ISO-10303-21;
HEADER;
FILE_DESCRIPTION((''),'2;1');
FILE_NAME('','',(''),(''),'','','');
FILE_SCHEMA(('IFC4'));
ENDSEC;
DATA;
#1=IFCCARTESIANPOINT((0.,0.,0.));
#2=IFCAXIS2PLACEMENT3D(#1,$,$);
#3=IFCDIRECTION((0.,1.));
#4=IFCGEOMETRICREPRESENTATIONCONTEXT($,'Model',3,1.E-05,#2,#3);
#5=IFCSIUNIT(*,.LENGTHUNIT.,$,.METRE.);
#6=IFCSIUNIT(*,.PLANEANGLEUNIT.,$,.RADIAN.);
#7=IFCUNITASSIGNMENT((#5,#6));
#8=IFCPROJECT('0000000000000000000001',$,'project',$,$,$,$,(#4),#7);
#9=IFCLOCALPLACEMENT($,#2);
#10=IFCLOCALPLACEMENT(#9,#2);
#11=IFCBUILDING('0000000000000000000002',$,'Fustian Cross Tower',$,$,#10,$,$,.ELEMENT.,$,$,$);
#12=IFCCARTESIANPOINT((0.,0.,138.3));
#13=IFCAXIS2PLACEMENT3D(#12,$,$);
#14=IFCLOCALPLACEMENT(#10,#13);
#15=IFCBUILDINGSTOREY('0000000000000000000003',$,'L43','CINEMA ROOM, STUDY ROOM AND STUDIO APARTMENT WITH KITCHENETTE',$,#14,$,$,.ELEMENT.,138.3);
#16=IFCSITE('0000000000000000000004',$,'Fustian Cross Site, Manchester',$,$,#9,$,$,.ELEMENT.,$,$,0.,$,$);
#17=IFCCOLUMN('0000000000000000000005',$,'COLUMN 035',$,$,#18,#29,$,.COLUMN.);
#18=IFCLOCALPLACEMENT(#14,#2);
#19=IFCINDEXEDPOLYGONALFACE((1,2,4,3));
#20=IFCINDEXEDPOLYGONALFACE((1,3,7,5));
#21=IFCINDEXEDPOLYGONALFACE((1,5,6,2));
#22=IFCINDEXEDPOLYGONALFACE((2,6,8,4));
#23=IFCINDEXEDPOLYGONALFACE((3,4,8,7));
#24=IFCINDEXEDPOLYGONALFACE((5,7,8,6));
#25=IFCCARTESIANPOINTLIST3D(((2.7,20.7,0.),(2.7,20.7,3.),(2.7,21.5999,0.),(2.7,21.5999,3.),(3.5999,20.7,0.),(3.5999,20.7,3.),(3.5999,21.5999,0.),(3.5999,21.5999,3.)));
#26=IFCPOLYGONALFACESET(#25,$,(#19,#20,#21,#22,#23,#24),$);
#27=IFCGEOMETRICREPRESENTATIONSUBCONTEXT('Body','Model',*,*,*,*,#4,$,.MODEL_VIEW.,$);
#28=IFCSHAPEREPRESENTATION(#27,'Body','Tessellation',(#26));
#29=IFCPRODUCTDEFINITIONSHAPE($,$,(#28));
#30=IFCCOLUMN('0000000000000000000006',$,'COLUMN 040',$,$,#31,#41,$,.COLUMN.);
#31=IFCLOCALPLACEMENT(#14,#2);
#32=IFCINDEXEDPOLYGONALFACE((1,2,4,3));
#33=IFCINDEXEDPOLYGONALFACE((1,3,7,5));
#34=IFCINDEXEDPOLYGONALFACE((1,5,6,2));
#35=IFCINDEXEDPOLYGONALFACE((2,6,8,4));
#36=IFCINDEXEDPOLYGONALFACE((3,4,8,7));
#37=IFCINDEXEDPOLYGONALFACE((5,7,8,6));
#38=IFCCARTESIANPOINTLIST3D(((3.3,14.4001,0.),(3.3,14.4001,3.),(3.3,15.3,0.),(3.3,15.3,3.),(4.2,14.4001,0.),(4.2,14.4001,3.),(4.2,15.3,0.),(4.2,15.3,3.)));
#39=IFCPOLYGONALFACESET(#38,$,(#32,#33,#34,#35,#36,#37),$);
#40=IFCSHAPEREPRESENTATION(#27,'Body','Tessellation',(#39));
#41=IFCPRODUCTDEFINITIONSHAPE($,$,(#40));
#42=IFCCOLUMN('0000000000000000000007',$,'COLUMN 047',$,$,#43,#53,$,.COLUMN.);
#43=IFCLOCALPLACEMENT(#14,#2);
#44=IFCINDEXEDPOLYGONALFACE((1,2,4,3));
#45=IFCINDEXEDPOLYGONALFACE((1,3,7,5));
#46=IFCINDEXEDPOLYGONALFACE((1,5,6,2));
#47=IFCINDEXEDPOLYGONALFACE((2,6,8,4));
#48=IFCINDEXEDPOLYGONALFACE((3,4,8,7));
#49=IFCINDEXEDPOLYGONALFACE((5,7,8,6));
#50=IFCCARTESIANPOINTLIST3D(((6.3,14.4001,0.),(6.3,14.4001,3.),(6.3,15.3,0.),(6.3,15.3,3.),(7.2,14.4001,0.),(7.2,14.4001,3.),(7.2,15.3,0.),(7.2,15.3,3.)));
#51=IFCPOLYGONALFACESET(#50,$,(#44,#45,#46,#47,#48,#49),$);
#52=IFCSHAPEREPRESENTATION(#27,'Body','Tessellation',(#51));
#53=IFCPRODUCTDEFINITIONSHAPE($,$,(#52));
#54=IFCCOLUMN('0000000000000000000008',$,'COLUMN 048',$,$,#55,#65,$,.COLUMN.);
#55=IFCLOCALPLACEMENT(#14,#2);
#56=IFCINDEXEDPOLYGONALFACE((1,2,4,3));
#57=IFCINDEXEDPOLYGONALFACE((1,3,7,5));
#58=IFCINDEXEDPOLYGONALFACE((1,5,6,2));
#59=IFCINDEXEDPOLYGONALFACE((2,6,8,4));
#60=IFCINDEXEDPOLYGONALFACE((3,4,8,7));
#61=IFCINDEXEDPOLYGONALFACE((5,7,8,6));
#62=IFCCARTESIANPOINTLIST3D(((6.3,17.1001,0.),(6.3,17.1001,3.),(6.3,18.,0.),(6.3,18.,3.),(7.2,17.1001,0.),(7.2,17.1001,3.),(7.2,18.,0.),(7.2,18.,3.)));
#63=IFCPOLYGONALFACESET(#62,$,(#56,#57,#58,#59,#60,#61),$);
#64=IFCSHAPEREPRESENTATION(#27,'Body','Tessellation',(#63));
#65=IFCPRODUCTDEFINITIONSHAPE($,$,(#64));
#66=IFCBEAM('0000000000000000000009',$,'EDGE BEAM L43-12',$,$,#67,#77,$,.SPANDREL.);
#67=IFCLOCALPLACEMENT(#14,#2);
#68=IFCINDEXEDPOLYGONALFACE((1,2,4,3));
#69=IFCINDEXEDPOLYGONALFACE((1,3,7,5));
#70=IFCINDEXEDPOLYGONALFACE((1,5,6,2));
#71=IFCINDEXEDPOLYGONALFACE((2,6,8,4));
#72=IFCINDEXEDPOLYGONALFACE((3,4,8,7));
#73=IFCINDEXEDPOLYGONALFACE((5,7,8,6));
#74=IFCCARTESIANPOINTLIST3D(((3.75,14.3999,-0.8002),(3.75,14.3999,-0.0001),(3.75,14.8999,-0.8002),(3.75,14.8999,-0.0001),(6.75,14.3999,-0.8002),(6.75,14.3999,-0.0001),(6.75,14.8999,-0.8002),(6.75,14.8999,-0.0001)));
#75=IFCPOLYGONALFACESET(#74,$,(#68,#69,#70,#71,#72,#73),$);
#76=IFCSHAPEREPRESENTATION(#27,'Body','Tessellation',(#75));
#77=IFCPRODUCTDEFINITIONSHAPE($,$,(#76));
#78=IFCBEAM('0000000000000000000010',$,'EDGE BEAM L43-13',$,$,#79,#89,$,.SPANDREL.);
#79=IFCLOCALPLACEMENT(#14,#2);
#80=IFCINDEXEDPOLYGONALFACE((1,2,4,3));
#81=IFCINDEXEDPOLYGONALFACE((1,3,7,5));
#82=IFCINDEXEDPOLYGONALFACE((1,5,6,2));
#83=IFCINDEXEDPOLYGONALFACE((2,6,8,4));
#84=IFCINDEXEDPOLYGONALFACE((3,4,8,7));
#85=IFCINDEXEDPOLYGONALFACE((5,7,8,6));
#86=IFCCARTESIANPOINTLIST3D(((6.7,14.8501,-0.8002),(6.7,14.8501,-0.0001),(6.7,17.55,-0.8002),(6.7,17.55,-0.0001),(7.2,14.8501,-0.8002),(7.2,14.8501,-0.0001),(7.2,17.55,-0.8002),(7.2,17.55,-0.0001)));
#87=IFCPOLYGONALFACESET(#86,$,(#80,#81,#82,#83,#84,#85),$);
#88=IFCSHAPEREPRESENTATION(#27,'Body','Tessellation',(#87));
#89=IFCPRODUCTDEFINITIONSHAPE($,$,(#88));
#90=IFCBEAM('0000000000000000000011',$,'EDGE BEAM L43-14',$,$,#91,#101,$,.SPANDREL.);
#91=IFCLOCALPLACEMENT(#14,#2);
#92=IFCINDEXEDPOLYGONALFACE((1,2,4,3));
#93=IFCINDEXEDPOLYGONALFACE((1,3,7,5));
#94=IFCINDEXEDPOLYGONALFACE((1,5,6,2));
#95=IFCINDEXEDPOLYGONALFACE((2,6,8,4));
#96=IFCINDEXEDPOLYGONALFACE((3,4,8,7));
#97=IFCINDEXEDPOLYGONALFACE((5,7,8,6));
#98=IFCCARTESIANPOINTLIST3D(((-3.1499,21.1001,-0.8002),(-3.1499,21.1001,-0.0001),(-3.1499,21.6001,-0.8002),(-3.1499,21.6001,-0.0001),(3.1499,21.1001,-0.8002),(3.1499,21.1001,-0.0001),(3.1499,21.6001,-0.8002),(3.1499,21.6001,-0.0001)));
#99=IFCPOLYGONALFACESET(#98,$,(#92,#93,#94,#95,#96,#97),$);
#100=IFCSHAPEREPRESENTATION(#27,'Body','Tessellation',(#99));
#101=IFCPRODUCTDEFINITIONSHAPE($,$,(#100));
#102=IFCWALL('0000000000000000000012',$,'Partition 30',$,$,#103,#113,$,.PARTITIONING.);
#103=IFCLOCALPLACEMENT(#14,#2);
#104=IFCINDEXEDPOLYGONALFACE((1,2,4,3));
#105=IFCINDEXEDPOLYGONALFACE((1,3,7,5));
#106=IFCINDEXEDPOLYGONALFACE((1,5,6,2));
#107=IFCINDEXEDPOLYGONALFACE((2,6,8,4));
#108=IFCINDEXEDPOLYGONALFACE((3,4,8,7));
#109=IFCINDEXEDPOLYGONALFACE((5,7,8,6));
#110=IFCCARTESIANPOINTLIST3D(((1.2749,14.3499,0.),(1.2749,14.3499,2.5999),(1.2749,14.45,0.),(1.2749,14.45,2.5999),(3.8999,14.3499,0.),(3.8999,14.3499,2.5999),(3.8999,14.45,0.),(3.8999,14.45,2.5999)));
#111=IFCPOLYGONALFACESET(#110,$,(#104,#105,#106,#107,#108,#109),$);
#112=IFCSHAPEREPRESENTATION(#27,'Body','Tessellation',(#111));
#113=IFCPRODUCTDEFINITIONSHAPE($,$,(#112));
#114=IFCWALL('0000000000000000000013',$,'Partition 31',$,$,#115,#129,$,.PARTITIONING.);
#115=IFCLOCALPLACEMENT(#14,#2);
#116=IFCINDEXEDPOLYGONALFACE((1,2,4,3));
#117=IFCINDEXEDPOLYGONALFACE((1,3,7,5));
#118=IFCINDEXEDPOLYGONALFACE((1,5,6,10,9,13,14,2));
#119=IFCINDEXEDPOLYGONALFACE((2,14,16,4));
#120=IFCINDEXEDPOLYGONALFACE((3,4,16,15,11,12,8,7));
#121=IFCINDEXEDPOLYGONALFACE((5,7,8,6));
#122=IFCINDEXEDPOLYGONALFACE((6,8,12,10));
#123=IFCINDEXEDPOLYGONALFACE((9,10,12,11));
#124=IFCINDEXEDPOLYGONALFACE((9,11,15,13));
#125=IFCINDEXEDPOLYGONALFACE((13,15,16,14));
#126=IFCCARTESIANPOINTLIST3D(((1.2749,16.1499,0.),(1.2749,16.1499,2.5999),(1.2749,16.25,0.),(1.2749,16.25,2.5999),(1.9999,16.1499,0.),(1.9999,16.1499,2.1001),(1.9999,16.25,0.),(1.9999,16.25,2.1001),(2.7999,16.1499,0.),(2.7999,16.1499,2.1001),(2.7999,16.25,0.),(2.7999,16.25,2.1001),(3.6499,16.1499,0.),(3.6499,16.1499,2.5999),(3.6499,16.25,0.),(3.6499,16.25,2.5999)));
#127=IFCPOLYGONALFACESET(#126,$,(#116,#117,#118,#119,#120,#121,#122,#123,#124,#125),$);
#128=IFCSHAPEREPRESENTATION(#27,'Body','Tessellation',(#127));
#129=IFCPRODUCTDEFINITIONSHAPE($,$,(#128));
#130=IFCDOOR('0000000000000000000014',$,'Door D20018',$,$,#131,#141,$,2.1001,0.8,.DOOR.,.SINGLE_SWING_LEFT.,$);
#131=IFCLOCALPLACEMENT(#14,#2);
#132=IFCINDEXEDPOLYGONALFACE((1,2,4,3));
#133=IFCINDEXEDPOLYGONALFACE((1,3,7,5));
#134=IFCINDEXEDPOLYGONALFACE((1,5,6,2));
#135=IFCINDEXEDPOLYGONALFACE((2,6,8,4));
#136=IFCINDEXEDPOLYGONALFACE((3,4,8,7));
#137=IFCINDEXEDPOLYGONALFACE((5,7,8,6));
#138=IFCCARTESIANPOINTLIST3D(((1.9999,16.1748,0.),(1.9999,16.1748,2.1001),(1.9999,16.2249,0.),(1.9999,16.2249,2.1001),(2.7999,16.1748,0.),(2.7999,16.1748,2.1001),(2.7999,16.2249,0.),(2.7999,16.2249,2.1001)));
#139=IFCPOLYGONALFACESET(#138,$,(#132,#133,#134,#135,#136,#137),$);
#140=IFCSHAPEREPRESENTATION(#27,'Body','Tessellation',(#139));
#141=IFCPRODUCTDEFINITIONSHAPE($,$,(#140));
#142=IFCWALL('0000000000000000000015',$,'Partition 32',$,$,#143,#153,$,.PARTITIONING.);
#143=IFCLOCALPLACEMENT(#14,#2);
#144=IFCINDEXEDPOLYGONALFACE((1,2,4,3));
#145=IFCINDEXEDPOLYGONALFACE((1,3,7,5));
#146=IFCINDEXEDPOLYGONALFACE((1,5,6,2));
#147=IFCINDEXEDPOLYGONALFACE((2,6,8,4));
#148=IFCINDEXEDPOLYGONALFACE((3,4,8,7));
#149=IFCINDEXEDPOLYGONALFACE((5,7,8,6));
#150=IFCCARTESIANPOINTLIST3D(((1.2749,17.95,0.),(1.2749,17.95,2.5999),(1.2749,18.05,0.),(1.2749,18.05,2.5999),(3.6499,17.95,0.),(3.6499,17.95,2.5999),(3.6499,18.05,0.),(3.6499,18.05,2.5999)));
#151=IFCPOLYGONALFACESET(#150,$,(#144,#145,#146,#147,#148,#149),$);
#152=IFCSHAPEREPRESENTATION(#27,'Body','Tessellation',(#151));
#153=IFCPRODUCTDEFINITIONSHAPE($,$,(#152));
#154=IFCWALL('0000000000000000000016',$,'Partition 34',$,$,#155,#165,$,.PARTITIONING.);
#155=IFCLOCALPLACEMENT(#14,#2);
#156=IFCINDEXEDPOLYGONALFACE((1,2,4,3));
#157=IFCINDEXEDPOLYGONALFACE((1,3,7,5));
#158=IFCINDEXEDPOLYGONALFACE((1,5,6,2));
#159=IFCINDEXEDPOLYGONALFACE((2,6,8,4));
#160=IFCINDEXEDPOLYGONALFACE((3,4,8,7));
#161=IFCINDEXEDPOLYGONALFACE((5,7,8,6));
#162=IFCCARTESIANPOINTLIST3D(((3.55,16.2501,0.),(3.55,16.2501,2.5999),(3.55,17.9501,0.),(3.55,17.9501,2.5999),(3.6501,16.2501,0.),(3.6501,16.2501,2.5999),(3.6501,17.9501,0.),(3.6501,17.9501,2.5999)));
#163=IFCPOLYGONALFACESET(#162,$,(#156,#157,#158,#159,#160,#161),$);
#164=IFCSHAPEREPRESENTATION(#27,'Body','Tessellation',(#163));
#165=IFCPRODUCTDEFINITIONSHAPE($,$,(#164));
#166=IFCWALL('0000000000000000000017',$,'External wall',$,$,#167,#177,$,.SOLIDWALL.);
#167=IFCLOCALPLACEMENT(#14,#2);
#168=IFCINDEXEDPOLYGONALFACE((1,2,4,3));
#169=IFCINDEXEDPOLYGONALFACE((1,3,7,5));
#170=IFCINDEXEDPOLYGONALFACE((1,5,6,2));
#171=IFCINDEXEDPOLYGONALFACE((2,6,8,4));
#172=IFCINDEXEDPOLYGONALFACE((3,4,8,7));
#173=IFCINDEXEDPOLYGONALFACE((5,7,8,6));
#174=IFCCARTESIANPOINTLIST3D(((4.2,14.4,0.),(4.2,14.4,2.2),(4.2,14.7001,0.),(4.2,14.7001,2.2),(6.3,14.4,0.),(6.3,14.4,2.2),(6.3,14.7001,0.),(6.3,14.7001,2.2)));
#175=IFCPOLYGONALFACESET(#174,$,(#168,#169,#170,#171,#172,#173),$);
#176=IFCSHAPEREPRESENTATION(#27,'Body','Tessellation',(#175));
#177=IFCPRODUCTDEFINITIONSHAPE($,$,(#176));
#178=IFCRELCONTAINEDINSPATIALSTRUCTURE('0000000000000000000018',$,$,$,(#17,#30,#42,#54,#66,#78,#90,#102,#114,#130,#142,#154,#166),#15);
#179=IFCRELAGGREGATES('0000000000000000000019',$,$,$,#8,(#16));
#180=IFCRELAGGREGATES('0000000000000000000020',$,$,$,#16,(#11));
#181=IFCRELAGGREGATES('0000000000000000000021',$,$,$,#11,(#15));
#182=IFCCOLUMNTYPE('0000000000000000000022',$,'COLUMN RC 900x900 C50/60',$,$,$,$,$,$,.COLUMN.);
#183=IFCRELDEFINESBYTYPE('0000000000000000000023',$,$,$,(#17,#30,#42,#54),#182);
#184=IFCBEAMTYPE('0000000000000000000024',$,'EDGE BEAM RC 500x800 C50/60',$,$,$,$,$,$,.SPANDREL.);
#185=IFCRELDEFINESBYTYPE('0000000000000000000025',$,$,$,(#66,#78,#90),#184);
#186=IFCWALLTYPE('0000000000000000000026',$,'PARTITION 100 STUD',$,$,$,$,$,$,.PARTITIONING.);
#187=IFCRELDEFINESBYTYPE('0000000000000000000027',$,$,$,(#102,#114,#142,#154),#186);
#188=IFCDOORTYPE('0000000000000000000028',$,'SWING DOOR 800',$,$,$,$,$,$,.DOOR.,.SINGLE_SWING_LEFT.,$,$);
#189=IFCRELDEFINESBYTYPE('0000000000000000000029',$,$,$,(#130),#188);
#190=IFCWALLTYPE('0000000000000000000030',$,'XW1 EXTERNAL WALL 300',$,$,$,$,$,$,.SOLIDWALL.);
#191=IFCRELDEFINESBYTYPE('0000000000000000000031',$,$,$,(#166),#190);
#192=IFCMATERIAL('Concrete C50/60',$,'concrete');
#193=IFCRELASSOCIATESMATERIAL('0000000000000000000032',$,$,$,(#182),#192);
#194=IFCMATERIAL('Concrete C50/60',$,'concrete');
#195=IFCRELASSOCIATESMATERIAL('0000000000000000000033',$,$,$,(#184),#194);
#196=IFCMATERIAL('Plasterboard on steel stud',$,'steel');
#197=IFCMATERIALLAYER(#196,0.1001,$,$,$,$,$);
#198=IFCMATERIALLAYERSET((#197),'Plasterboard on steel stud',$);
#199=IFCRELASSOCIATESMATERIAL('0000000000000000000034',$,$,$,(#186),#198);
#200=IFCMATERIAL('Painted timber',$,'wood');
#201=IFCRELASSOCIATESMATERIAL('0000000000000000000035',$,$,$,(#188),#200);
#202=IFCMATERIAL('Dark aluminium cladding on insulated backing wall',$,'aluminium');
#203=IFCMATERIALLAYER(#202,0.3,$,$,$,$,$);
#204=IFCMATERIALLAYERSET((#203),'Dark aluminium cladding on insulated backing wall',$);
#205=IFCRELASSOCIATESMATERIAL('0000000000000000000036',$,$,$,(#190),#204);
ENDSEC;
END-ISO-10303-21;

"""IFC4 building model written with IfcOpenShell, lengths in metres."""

from ifc_helpers import new_model, si_unit, direction, frame, frame_2d, origin, origin_2d, place, context, subcontext, project, spatial, rectangle, extrude, material, layer, layer_set, material_profile, profile_set, type_object, element, fill, save


model = new_model("IFC4")

# Units and contexts
model_context = context("Model", 3, precision=1e-05, world=origin(), true_north=direction((0.0, 1.0)))
body_context = subcontext(model_context, "Body", "Model", "MODEL_VIEW")
ifc_project = project(units=[si_unit("LENGTHUNIT", "METRE"), si_unit("PLANEANGLEUNIT", "RADIAN")], contexts=[model_context])

# Site, building, storey
site_placement = place(None, origin())
site = spatial("IfcSite", under=ifc_project, at=site_placement, Name="Fustian Cross Site, Manchester", CompositionType="ELEMENT", RefElevation=0.0)
building_placement = place(site_placement, origin())
building = spatial("IfcBuilding", under=site, at=building_placement, Name="Fustian Cross Tower", CompositionType="ELEMENT")
storey_placement = place(building_placement, frame((0.0, 0.0, 138.3)))
storey = spatial("IfcBuildingStorey", under=building, at=storey_placement, Name="L43", Description="CINEMA ROOM, STUDY ROOM AND STUDIO APARTMENT WITH KITCHENETTE", CompositionType="ELEMENT", Elevation=138.3)

# Columns
ifc_material_1 = material(Name="Concrete C50/60", Category="concrete")
ifc_material_profile_1 = material_profile(ifc_material_1, rectangle(XDim=0.8999, YDim=0.8999, at=origin_2d()), Name="RC 900x900")
ifc_profile_set_1 = profile_set([ifc_material_profile_1], Name="Concrete C50/60")
column_type = type_object("IfcColumnType", Name="COLUMN RC 900x900 C50/60", PredefinedType="COLUMN", material=ifc_profile_set_1)
for number, where, z_axis, x_axis, name in (
    (1, (3.1499, 21.1499, 0.0), (0.0, 0.0, 1.0), (1.0, 0.0, 0.0), "COLUMN 035"),
    (2, (3.75, 14.8501, 0.0), (0.0, 0.0, 1.0), (1.0, 0.0, 0.0), "COLUMN 040"),
    (3, (6.75, 14.8501, 0.0), (0.0, 0.0, 1.0), (1.0, 0.0, 0.0), "COLUMN 047"),
    (4, (6.75, 17.55, 0.0), (0.0, 0.0, 1.0), (1.0, 0.0, 0.0), "COLUMN 048"),
):
    element("IfcColumn", number, at=place(storey_placement, frame(where, z_axis=z_axis, x_axis=x_axis)), inside=storey, type_object=column_type, Name=name, PredefinedType="COLUMN", context=body_context, shape_type="SweptSolid", body=[
        extrude(rectangle(XDim=0.8999, YDim=0.8999, at=origin_2d()), origin(), (0.0, 0.0, 1.0), 3.0),
    ])

# Beams
ifc_material_2 = material(Name="Concrete C50/60", Category="concrete")
ifc_material_profile_2 = material_profile(ifc_material_2, rectangle(XDim=0.5, YDim=0.8, at=origin_2d()), Name="RC 500x800")
ifc_profile_set_2 = profile_set([ifc_material_profile_2], Name="Concrete C50/60")
beam_type = type_object("IfcBeamType", Name="EDGE BEAM RC 500x800 C50/60", PredefinedType="SPANDREL", material=ifc_profile_set_2)
beam_1_placement = place(storey_placement, frame((3.75, 14.6499, -0.4001), z_axis=(1.0, 0.0, 0.0), x_axis=(0.0, 1.0, 0.0)))
element("IfcBeam", 5, at=beam_1_placement, inside=storey, type_object=beam_type, Name="EDGE BEAM L43-12", PredefinedType="SPANDREL", context=body_context, shape_type="SweptSolid", body=[
    extrude(rectangle(XDim=0.5, YDim=0.8, at=origin_2d()), origin(), (0.0, 0.0, 1.0), 3.0),
])
beam_2_placement = place(storey_placement, frame((6.95, 14.8501, -0.4001), z_axis=(0.0, 1.0, 0.0), x_axis=(-1.0, 0.0, 0.0)))
element("IfcBeam", 6, at=beam_2_placement, inside=storey, type_object=beam_type, Name="EDGE BEAM L43-13", PredefinedType="SPANDREL", context=body_context, shape_type="SweptSolid", body=[
    extrude(rectangle(XDim=0.5, YDim=0.8, at=origin_2d()), origin(), (0.0, 0.0, 1.0), 2.7),
])
beam_3_placement = place(storey_placement, frame((3.1499, 21.3501, -0.4001), z_axis=(-1.0, 0.0, 0.0), x_axis=(0.0, -1.0, 0.0)))
element("IfcBeam", 7, at=beam_3_placement, inside=storey, type_object=beam_type, Name="EDGE BEAM L43-14", PredefinedType="SPANDREL", context=body_context, shape_type="SweptSolid", body=[
    extrude(rectangle(XDim=0.5, YDim=0.8, at=origin_2d()), origin(), (0.0, 0.0, 1.0), 6.2998),
])

# Wall
ifc_material_3 = material(Name="Plasterboard on steel stud", Category="steel")
ifc_layer_1 = layer(ifc_material_3, 0.1001)
ifc_layer_set_1 = layer_set([ifc_layer_1], Name="Plasterboard on steel stud")
wall_type_1 = type_object("IfcWallType", Name="PARTITION 100 STUD", PredefinedType="PARTITIONING", material=ifc_layer_set_1)
wall_1_placement = place(storey_placement, frame((1.2749, 14.3999, 0.0), z_axis=(0.0, 0.0, 1.0), x_axis=(1.0, 0.0, 0.0)))
element("IfcWall", 8, at=wall_1_placement, inside=storey, type_object=wall_type_1, Name="Partition 30", PredefinedType="PARTITIONING", context=body_context, shape_type="SweptSolid", body=[
    extrude(rectangle(XDim=2.625, YDim=0.1001, at=frame_2d((1.3125, 0.0))), origin(), (0.0, 0.0, 1.0), 2.5999),
])

# Wall, opening, door
wall_2_placement = place(storey_placement, frame((1.2749, 16.2, 0.0), z_axis=(0.0, 0.0, 1.0), x_axis=(1.0, 0.0, 0.0)))
wall_2 = element("IfcWall", 9, at=wall_2_placement, inside=storey, type_object=wall_type_1, Name="Partition 31", PredefinedType="PARTITIONING", context=body_context, shape_type="SweptSolid", body=[
    extrude(rectangle(XDim=2.375, YDim=0.1001, at=frame_2d((1.1875, 0.0))), origin(), (0.0, 0.0, 1.0), 2.5999),
])
opening_1_placement = place(wall_2_placement, frame((0.7251, 0.0, 0.0)))
opening_1 = element("IfcOpeningElement", 10, at=opening_1_placement, cuts=wall_2, PredefinedType="OPENING", context=body_context, shape_type="SweptSolid", body=[
    extrude(rectangle(XDim=0.8, YDim=2.1001, at=frame_2d((0.3999, 1.05))), frame((0.0, 0.0601, 0.0), z_axis=(0.0, -1.0, 0.0), x_axis=(1.0, 0.0, 0.0)), (0.0, 0.0, 1.0), 0.1201),
])
ifc_material_4 = material(Name="Painted timber", Category="wood")
door_type = type_object("IfcDoorType", Name="SWING DOOR 800", OperationType="SINGLE_SWING_LEFT", PredefinedType="DOOR", material=ifc_material_4)
door_placement = place(opening_1_placement, origin())
door = element("IfcDoor", 11, at=door_placement, inside=storey, type_object=door_type, Name="Door D20018", OperationType="SINGLE_SWING_LEFT", OverallHeight=2.1001, OverallWidth=0.8, PredefinedType="DOOR", context=body_context, shape_type="SweptSolid", body=[
    extrude(rectangle(XDim=0.8, YDim=2.1001, at=frame_2d((0.3999, 1.05))), frame((0.0, 0.0249, 0.0), z_axis=(0.0, -1.0, 0.0), x_axis=(1.0, 0.0, 0.0)), (0.0, 0.0, 1.0), 0.05),
])
fill(opening_1, door)

# Walls
wall_3_placement = place(storey_placement, frame((1.2749, 18.0, 0.0), z_axis=(0.0, 0.0, 1.0), x_axis=(1.0, 0.0, 0.0)))
element("IfcWall", 12, at=wall_3_placement, inside=storey, type_object=wall_type_1, Name="Partition 32", PredefinedType="PARTITIONING", context=body_context, shape_type="SweptSolid", body=[
    extrude(rectangle(XDim=2.375, YDim=0.1001, at=frame_2d((1.1875, 0.0))), origin(), (0.0, 0.0, 1.0), 2.5999),
])
wall_4_placement = place(storey_placement, frame((3.6001, 16.25, 0.0), z_axis=(0.0, 0.0, 1.0), x_axis=(0.0, 1.0, 0.0)))
element("IfcWall", 13, at=wall_4_placement, inside=storey, type_object=wall_type_1, Name="Partition 34", PredefinedType="PARTITIONING", context=body_context, shape_type="SweptSolid", body=[
    extrude(rectangle(XDim=1.7, YDim=0.1001, at=frame_2d((0.8501, 0.0))), origin(), (0.0, 0.0, 1.0), 2.5999),
])
ifc_material_5 = material(Name="Dark aluminium cladding on insulated backing wall", Category="aluminium")
ifc_layer_2 = layer(ifc_material_5, 0.3)
ifc_layer_set_2 = layer_set([ifc_layer_2], Name="Dark aluminium cladding on insulated backing wall")
wall_type_2 = type_object("IfcWallType", Name="XW1 EXTERNAL WALL 300", PredefinedType="SOLIDWALL", material=ifc_layer_set_2)
wall_5_placement = place(storey_placement, frame((4.2, 14.55, 0.0), z_axis=(0.0, 0.0, 1.0), x_axis=(1.0, 0.0, 0.0)))
element("IfcWall", 14, at=wall_5_placement, inside=storey, type_object=wall_type_2, Name="External wall", PredefinedType="SOLIDWALL", context=body_context, shape_type="SweptSolid", body=[
    extrude(rectangle(XDim=2.1001, YDim=0.3, at=frame_2d((1.05, 0.0))), origin(), (0.0, 0.0, 1.0), 2.2),
])

save(model, "model.ifc")
